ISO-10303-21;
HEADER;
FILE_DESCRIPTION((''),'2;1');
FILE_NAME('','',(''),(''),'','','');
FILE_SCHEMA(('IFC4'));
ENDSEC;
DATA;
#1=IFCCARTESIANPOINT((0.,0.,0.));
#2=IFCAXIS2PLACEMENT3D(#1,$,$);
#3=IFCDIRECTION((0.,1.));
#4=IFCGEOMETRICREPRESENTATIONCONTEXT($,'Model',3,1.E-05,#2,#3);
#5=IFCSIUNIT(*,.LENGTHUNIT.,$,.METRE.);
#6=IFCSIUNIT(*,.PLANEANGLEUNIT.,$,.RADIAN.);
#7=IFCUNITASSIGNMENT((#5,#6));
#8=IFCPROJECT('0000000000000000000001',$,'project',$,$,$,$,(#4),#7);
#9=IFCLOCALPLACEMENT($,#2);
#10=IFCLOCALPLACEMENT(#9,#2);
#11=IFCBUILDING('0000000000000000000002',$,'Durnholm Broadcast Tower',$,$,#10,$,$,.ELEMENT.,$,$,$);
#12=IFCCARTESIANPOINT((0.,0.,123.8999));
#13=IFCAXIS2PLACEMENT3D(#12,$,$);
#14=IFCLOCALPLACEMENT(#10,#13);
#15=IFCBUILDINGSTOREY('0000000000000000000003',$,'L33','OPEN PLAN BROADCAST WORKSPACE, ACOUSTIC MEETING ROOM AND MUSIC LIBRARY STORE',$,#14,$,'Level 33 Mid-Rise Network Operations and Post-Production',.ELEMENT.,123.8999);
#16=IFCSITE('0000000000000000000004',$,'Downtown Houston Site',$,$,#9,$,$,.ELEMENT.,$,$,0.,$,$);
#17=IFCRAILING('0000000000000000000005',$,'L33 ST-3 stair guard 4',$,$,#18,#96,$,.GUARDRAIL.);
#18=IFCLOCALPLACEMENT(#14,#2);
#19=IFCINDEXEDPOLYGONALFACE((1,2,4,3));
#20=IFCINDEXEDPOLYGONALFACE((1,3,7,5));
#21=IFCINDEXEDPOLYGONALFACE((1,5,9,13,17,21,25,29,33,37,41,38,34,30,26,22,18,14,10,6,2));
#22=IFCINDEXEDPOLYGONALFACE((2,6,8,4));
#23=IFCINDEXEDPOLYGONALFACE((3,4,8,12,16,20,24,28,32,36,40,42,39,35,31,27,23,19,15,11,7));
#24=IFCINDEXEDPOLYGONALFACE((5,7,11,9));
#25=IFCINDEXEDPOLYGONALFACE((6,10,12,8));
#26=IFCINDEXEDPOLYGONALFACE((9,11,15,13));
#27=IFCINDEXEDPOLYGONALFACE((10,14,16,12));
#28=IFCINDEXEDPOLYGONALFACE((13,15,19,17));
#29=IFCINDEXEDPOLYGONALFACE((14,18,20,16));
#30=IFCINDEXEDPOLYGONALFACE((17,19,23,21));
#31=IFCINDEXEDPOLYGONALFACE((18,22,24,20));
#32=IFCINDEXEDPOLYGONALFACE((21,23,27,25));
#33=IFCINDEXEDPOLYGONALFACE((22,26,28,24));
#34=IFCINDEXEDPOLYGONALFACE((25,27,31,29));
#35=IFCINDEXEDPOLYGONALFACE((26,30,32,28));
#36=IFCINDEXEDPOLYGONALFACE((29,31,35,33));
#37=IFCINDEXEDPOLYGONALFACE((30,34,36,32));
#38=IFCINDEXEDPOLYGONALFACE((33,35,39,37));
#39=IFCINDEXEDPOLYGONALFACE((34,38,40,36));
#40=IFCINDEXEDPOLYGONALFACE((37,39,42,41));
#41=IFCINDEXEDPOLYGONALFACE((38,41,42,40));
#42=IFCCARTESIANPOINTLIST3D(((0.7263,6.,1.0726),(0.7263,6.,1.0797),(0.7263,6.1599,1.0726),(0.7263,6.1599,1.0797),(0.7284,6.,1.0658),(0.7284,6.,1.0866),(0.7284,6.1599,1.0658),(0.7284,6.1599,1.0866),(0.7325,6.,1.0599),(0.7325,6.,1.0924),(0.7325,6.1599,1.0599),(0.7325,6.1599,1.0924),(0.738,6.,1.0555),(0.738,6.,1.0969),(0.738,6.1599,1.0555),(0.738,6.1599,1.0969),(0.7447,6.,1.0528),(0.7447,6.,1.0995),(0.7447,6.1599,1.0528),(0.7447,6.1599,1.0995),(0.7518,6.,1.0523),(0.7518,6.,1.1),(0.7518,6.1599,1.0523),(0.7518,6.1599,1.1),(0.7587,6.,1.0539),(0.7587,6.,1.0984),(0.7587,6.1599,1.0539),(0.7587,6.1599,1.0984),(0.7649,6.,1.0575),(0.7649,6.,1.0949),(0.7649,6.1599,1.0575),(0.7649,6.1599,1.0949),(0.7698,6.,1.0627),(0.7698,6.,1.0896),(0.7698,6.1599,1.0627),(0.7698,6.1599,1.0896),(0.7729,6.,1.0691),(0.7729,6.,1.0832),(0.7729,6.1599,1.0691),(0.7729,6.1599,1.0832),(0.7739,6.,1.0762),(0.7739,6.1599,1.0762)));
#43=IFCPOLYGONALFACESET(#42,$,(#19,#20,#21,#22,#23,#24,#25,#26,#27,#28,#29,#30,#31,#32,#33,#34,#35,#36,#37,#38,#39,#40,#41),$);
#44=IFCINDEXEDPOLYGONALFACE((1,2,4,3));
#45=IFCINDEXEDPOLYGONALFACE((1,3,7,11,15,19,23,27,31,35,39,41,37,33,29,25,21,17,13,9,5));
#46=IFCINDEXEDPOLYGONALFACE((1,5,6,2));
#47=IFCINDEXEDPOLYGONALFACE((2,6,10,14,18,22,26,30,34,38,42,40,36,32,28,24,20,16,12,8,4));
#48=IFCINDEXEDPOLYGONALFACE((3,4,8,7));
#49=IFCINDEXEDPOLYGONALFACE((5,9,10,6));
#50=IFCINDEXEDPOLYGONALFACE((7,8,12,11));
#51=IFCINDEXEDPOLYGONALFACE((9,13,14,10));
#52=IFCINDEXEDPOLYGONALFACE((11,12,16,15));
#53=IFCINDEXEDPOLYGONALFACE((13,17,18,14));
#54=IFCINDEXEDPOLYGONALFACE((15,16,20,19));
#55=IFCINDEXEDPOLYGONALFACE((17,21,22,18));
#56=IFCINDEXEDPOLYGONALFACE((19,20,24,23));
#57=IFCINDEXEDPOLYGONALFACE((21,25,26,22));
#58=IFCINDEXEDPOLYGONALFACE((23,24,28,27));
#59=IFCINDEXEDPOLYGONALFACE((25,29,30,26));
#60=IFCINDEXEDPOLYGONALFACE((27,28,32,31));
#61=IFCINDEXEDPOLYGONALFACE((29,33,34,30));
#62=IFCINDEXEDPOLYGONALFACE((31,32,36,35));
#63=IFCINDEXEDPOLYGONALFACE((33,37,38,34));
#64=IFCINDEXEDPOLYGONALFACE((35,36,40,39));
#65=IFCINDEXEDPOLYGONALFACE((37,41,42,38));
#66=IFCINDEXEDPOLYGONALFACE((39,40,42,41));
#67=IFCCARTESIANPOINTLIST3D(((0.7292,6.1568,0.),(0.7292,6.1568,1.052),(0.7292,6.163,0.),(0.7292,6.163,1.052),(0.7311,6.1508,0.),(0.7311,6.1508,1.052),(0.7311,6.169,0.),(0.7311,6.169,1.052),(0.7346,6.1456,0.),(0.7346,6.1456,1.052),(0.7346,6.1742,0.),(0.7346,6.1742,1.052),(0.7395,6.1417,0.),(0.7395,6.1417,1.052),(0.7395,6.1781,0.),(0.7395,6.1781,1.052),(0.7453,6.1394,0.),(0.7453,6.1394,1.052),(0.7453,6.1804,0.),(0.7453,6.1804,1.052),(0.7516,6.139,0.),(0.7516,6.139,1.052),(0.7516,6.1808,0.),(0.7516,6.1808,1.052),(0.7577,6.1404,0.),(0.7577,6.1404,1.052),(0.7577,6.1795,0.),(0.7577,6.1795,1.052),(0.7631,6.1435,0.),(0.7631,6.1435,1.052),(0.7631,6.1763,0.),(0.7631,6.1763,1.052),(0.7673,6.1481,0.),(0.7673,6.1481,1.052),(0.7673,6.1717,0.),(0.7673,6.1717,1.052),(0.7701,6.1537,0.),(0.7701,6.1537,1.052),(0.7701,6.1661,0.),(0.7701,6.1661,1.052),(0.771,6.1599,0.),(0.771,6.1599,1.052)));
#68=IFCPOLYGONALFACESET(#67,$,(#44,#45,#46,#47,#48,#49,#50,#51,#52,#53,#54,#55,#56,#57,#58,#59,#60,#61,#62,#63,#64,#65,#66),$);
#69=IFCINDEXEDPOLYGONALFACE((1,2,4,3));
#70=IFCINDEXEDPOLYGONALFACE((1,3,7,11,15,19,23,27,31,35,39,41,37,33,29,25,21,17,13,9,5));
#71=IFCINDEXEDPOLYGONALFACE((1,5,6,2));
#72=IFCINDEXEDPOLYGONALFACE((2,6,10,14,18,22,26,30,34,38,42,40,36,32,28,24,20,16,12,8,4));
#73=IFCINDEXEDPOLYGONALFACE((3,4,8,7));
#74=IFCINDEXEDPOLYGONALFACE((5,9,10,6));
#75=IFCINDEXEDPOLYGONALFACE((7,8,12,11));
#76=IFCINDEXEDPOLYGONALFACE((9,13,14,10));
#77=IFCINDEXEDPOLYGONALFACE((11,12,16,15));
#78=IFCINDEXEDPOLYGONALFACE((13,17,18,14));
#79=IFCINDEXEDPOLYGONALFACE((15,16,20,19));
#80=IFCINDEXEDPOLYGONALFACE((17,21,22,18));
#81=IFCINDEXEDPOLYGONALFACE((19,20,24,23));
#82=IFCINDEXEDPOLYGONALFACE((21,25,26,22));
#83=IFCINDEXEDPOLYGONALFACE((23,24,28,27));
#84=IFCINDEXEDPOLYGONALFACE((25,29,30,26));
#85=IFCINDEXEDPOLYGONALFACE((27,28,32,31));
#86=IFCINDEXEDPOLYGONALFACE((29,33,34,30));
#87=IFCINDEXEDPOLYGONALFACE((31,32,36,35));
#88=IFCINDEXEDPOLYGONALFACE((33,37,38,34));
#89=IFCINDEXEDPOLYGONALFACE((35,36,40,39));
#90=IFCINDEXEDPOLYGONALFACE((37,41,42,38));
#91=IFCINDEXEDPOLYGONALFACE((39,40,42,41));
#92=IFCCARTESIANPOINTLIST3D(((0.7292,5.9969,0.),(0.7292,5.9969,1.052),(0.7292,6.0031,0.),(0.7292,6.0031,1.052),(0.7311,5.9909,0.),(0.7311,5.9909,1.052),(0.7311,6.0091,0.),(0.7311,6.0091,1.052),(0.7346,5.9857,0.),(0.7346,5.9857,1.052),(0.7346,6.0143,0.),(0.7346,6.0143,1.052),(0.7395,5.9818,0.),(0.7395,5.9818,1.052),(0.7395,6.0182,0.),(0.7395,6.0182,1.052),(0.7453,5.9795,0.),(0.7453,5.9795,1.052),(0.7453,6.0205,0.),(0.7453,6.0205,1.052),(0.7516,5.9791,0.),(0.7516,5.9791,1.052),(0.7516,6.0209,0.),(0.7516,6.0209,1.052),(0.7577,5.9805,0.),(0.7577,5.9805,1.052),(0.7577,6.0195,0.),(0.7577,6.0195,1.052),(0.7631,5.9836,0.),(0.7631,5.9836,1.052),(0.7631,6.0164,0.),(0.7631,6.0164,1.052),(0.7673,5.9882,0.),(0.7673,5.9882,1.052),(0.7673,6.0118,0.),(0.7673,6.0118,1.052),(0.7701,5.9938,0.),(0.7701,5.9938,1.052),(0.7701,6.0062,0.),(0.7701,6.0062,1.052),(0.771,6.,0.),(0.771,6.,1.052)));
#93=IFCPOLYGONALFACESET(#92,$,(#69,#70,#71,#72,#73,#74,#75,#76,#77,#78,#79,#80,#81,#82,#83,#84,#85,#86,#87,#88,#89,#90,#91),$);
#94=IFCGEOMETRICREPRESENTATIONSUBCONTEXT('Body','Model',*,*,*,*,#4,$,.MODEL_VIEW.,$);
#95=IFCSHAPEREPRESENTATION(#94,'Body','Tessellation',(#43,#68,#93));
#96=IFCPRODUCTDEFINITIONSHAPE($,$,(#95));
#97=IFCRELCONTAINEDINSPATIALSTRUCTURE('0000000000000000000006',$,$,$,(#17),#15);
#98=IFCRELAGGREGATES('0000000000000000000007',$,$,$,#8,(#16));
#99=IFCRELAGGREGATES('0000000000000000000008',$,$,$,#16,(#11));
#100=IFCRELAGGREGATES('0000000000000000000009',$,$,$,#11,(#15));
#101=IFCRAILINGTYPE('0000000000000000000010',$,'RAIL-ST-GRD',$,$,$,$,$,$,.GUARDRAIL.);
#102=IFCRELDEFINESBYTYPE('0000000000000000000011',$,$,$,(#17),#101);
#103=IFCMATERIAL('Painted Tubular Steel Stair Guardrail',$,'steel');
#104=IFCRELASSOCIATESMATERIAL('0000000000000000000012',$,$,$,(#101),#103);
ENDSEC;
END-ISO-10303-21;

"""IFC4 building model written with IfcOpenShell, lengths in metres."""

from ifc_helpers import new_model, si_unit, direction, frame, origin, origin_2d, place, context, subcontext, project, spatial, circle, extrude, material, type_object, element, save


model = new_model("IFC4")

# Units and contexts
model_context = context("Model", 3, precision=1e-05, world=origin(), true_north=direction((0.0, 1.0)))
body_context = subcontext(model_context, "Body", "Model", "MODEL_VIEW")
ifc_project = project(units=[si_unit("LENGTHUNIT", "METRE"), si_unit("PLANEANGLEUNIT", "RADIAN")], contexts=[model_context])

# Site, building, storey
site_placement = place(None, origin())
site = spatial("IfcSite", under=ifc_project, at=site_placement, Name="Downtown Houston Site", CompositionType="ELEMENT", RefElevation=0.0)
building_placement = place(site_placement, origin())
building = spatial("IfcBuilding", under=site, at=building_placement, Name="Durnholm Broadcast Tower", CompositionType="ELEMENT")
storey_placement = place(building_placement, frame((0.0, 0.0, 123.8999)))
storey = spatial("IfcBuildingStorey", under=building, at=storey_placement, Name="L33", Description="OPEN PLAN BROADCAST WORKSPACE, ACOUSTIC MEETING ROOM AND MUSIC LIBRARY STORE", LongName="Level 33 Mid-Rise Network Operations and Post-Production", CompositionType="ELEMENT", Elevation=123.8999)

# Railing
ifc_material_1 = material(Name="Painted Tubular Steel Stair Guardrail", Category="steel")
railing_type_1 = type_object("IfcRailingType", Name="RAIL-ST-GRD", PredefinedType="GUARDRAIL", material=ifc_material_1)
railing_1_placement = place(storey_placement, frame((0.75, 6.1599, 0.0)))
element("IfcRailing", 1, at=railing_1_placement, inside=storey, type_object=railing_type_1, Name="L33 ST-3 stair guard 4", PredefinedType="GUARDRAIL", context=body_context, shape_type="SweptSolid", body=[
    extrude(circle(Radius=0.0239, at=origin_2d()), frame((0.0, 0.0, 1.0762), z_axis=(0.0, -1.0, 0.0), x_axis=(1.0, 0.0, 0.0)), (0.0, 0.0, 1.0), 0.1599),
    extrude(circle(Radius=0.021, at=origin_2d()), origin(), (0.0, 0.0, 1.0), 1.052),
    extrude(circle(Radius=0.021, at=origin_2d()), frame((0.0, -0.1599, 0.0)), (0.0, 0.0, 1.0), 1.052),
])

save(model, "model.ifc")
